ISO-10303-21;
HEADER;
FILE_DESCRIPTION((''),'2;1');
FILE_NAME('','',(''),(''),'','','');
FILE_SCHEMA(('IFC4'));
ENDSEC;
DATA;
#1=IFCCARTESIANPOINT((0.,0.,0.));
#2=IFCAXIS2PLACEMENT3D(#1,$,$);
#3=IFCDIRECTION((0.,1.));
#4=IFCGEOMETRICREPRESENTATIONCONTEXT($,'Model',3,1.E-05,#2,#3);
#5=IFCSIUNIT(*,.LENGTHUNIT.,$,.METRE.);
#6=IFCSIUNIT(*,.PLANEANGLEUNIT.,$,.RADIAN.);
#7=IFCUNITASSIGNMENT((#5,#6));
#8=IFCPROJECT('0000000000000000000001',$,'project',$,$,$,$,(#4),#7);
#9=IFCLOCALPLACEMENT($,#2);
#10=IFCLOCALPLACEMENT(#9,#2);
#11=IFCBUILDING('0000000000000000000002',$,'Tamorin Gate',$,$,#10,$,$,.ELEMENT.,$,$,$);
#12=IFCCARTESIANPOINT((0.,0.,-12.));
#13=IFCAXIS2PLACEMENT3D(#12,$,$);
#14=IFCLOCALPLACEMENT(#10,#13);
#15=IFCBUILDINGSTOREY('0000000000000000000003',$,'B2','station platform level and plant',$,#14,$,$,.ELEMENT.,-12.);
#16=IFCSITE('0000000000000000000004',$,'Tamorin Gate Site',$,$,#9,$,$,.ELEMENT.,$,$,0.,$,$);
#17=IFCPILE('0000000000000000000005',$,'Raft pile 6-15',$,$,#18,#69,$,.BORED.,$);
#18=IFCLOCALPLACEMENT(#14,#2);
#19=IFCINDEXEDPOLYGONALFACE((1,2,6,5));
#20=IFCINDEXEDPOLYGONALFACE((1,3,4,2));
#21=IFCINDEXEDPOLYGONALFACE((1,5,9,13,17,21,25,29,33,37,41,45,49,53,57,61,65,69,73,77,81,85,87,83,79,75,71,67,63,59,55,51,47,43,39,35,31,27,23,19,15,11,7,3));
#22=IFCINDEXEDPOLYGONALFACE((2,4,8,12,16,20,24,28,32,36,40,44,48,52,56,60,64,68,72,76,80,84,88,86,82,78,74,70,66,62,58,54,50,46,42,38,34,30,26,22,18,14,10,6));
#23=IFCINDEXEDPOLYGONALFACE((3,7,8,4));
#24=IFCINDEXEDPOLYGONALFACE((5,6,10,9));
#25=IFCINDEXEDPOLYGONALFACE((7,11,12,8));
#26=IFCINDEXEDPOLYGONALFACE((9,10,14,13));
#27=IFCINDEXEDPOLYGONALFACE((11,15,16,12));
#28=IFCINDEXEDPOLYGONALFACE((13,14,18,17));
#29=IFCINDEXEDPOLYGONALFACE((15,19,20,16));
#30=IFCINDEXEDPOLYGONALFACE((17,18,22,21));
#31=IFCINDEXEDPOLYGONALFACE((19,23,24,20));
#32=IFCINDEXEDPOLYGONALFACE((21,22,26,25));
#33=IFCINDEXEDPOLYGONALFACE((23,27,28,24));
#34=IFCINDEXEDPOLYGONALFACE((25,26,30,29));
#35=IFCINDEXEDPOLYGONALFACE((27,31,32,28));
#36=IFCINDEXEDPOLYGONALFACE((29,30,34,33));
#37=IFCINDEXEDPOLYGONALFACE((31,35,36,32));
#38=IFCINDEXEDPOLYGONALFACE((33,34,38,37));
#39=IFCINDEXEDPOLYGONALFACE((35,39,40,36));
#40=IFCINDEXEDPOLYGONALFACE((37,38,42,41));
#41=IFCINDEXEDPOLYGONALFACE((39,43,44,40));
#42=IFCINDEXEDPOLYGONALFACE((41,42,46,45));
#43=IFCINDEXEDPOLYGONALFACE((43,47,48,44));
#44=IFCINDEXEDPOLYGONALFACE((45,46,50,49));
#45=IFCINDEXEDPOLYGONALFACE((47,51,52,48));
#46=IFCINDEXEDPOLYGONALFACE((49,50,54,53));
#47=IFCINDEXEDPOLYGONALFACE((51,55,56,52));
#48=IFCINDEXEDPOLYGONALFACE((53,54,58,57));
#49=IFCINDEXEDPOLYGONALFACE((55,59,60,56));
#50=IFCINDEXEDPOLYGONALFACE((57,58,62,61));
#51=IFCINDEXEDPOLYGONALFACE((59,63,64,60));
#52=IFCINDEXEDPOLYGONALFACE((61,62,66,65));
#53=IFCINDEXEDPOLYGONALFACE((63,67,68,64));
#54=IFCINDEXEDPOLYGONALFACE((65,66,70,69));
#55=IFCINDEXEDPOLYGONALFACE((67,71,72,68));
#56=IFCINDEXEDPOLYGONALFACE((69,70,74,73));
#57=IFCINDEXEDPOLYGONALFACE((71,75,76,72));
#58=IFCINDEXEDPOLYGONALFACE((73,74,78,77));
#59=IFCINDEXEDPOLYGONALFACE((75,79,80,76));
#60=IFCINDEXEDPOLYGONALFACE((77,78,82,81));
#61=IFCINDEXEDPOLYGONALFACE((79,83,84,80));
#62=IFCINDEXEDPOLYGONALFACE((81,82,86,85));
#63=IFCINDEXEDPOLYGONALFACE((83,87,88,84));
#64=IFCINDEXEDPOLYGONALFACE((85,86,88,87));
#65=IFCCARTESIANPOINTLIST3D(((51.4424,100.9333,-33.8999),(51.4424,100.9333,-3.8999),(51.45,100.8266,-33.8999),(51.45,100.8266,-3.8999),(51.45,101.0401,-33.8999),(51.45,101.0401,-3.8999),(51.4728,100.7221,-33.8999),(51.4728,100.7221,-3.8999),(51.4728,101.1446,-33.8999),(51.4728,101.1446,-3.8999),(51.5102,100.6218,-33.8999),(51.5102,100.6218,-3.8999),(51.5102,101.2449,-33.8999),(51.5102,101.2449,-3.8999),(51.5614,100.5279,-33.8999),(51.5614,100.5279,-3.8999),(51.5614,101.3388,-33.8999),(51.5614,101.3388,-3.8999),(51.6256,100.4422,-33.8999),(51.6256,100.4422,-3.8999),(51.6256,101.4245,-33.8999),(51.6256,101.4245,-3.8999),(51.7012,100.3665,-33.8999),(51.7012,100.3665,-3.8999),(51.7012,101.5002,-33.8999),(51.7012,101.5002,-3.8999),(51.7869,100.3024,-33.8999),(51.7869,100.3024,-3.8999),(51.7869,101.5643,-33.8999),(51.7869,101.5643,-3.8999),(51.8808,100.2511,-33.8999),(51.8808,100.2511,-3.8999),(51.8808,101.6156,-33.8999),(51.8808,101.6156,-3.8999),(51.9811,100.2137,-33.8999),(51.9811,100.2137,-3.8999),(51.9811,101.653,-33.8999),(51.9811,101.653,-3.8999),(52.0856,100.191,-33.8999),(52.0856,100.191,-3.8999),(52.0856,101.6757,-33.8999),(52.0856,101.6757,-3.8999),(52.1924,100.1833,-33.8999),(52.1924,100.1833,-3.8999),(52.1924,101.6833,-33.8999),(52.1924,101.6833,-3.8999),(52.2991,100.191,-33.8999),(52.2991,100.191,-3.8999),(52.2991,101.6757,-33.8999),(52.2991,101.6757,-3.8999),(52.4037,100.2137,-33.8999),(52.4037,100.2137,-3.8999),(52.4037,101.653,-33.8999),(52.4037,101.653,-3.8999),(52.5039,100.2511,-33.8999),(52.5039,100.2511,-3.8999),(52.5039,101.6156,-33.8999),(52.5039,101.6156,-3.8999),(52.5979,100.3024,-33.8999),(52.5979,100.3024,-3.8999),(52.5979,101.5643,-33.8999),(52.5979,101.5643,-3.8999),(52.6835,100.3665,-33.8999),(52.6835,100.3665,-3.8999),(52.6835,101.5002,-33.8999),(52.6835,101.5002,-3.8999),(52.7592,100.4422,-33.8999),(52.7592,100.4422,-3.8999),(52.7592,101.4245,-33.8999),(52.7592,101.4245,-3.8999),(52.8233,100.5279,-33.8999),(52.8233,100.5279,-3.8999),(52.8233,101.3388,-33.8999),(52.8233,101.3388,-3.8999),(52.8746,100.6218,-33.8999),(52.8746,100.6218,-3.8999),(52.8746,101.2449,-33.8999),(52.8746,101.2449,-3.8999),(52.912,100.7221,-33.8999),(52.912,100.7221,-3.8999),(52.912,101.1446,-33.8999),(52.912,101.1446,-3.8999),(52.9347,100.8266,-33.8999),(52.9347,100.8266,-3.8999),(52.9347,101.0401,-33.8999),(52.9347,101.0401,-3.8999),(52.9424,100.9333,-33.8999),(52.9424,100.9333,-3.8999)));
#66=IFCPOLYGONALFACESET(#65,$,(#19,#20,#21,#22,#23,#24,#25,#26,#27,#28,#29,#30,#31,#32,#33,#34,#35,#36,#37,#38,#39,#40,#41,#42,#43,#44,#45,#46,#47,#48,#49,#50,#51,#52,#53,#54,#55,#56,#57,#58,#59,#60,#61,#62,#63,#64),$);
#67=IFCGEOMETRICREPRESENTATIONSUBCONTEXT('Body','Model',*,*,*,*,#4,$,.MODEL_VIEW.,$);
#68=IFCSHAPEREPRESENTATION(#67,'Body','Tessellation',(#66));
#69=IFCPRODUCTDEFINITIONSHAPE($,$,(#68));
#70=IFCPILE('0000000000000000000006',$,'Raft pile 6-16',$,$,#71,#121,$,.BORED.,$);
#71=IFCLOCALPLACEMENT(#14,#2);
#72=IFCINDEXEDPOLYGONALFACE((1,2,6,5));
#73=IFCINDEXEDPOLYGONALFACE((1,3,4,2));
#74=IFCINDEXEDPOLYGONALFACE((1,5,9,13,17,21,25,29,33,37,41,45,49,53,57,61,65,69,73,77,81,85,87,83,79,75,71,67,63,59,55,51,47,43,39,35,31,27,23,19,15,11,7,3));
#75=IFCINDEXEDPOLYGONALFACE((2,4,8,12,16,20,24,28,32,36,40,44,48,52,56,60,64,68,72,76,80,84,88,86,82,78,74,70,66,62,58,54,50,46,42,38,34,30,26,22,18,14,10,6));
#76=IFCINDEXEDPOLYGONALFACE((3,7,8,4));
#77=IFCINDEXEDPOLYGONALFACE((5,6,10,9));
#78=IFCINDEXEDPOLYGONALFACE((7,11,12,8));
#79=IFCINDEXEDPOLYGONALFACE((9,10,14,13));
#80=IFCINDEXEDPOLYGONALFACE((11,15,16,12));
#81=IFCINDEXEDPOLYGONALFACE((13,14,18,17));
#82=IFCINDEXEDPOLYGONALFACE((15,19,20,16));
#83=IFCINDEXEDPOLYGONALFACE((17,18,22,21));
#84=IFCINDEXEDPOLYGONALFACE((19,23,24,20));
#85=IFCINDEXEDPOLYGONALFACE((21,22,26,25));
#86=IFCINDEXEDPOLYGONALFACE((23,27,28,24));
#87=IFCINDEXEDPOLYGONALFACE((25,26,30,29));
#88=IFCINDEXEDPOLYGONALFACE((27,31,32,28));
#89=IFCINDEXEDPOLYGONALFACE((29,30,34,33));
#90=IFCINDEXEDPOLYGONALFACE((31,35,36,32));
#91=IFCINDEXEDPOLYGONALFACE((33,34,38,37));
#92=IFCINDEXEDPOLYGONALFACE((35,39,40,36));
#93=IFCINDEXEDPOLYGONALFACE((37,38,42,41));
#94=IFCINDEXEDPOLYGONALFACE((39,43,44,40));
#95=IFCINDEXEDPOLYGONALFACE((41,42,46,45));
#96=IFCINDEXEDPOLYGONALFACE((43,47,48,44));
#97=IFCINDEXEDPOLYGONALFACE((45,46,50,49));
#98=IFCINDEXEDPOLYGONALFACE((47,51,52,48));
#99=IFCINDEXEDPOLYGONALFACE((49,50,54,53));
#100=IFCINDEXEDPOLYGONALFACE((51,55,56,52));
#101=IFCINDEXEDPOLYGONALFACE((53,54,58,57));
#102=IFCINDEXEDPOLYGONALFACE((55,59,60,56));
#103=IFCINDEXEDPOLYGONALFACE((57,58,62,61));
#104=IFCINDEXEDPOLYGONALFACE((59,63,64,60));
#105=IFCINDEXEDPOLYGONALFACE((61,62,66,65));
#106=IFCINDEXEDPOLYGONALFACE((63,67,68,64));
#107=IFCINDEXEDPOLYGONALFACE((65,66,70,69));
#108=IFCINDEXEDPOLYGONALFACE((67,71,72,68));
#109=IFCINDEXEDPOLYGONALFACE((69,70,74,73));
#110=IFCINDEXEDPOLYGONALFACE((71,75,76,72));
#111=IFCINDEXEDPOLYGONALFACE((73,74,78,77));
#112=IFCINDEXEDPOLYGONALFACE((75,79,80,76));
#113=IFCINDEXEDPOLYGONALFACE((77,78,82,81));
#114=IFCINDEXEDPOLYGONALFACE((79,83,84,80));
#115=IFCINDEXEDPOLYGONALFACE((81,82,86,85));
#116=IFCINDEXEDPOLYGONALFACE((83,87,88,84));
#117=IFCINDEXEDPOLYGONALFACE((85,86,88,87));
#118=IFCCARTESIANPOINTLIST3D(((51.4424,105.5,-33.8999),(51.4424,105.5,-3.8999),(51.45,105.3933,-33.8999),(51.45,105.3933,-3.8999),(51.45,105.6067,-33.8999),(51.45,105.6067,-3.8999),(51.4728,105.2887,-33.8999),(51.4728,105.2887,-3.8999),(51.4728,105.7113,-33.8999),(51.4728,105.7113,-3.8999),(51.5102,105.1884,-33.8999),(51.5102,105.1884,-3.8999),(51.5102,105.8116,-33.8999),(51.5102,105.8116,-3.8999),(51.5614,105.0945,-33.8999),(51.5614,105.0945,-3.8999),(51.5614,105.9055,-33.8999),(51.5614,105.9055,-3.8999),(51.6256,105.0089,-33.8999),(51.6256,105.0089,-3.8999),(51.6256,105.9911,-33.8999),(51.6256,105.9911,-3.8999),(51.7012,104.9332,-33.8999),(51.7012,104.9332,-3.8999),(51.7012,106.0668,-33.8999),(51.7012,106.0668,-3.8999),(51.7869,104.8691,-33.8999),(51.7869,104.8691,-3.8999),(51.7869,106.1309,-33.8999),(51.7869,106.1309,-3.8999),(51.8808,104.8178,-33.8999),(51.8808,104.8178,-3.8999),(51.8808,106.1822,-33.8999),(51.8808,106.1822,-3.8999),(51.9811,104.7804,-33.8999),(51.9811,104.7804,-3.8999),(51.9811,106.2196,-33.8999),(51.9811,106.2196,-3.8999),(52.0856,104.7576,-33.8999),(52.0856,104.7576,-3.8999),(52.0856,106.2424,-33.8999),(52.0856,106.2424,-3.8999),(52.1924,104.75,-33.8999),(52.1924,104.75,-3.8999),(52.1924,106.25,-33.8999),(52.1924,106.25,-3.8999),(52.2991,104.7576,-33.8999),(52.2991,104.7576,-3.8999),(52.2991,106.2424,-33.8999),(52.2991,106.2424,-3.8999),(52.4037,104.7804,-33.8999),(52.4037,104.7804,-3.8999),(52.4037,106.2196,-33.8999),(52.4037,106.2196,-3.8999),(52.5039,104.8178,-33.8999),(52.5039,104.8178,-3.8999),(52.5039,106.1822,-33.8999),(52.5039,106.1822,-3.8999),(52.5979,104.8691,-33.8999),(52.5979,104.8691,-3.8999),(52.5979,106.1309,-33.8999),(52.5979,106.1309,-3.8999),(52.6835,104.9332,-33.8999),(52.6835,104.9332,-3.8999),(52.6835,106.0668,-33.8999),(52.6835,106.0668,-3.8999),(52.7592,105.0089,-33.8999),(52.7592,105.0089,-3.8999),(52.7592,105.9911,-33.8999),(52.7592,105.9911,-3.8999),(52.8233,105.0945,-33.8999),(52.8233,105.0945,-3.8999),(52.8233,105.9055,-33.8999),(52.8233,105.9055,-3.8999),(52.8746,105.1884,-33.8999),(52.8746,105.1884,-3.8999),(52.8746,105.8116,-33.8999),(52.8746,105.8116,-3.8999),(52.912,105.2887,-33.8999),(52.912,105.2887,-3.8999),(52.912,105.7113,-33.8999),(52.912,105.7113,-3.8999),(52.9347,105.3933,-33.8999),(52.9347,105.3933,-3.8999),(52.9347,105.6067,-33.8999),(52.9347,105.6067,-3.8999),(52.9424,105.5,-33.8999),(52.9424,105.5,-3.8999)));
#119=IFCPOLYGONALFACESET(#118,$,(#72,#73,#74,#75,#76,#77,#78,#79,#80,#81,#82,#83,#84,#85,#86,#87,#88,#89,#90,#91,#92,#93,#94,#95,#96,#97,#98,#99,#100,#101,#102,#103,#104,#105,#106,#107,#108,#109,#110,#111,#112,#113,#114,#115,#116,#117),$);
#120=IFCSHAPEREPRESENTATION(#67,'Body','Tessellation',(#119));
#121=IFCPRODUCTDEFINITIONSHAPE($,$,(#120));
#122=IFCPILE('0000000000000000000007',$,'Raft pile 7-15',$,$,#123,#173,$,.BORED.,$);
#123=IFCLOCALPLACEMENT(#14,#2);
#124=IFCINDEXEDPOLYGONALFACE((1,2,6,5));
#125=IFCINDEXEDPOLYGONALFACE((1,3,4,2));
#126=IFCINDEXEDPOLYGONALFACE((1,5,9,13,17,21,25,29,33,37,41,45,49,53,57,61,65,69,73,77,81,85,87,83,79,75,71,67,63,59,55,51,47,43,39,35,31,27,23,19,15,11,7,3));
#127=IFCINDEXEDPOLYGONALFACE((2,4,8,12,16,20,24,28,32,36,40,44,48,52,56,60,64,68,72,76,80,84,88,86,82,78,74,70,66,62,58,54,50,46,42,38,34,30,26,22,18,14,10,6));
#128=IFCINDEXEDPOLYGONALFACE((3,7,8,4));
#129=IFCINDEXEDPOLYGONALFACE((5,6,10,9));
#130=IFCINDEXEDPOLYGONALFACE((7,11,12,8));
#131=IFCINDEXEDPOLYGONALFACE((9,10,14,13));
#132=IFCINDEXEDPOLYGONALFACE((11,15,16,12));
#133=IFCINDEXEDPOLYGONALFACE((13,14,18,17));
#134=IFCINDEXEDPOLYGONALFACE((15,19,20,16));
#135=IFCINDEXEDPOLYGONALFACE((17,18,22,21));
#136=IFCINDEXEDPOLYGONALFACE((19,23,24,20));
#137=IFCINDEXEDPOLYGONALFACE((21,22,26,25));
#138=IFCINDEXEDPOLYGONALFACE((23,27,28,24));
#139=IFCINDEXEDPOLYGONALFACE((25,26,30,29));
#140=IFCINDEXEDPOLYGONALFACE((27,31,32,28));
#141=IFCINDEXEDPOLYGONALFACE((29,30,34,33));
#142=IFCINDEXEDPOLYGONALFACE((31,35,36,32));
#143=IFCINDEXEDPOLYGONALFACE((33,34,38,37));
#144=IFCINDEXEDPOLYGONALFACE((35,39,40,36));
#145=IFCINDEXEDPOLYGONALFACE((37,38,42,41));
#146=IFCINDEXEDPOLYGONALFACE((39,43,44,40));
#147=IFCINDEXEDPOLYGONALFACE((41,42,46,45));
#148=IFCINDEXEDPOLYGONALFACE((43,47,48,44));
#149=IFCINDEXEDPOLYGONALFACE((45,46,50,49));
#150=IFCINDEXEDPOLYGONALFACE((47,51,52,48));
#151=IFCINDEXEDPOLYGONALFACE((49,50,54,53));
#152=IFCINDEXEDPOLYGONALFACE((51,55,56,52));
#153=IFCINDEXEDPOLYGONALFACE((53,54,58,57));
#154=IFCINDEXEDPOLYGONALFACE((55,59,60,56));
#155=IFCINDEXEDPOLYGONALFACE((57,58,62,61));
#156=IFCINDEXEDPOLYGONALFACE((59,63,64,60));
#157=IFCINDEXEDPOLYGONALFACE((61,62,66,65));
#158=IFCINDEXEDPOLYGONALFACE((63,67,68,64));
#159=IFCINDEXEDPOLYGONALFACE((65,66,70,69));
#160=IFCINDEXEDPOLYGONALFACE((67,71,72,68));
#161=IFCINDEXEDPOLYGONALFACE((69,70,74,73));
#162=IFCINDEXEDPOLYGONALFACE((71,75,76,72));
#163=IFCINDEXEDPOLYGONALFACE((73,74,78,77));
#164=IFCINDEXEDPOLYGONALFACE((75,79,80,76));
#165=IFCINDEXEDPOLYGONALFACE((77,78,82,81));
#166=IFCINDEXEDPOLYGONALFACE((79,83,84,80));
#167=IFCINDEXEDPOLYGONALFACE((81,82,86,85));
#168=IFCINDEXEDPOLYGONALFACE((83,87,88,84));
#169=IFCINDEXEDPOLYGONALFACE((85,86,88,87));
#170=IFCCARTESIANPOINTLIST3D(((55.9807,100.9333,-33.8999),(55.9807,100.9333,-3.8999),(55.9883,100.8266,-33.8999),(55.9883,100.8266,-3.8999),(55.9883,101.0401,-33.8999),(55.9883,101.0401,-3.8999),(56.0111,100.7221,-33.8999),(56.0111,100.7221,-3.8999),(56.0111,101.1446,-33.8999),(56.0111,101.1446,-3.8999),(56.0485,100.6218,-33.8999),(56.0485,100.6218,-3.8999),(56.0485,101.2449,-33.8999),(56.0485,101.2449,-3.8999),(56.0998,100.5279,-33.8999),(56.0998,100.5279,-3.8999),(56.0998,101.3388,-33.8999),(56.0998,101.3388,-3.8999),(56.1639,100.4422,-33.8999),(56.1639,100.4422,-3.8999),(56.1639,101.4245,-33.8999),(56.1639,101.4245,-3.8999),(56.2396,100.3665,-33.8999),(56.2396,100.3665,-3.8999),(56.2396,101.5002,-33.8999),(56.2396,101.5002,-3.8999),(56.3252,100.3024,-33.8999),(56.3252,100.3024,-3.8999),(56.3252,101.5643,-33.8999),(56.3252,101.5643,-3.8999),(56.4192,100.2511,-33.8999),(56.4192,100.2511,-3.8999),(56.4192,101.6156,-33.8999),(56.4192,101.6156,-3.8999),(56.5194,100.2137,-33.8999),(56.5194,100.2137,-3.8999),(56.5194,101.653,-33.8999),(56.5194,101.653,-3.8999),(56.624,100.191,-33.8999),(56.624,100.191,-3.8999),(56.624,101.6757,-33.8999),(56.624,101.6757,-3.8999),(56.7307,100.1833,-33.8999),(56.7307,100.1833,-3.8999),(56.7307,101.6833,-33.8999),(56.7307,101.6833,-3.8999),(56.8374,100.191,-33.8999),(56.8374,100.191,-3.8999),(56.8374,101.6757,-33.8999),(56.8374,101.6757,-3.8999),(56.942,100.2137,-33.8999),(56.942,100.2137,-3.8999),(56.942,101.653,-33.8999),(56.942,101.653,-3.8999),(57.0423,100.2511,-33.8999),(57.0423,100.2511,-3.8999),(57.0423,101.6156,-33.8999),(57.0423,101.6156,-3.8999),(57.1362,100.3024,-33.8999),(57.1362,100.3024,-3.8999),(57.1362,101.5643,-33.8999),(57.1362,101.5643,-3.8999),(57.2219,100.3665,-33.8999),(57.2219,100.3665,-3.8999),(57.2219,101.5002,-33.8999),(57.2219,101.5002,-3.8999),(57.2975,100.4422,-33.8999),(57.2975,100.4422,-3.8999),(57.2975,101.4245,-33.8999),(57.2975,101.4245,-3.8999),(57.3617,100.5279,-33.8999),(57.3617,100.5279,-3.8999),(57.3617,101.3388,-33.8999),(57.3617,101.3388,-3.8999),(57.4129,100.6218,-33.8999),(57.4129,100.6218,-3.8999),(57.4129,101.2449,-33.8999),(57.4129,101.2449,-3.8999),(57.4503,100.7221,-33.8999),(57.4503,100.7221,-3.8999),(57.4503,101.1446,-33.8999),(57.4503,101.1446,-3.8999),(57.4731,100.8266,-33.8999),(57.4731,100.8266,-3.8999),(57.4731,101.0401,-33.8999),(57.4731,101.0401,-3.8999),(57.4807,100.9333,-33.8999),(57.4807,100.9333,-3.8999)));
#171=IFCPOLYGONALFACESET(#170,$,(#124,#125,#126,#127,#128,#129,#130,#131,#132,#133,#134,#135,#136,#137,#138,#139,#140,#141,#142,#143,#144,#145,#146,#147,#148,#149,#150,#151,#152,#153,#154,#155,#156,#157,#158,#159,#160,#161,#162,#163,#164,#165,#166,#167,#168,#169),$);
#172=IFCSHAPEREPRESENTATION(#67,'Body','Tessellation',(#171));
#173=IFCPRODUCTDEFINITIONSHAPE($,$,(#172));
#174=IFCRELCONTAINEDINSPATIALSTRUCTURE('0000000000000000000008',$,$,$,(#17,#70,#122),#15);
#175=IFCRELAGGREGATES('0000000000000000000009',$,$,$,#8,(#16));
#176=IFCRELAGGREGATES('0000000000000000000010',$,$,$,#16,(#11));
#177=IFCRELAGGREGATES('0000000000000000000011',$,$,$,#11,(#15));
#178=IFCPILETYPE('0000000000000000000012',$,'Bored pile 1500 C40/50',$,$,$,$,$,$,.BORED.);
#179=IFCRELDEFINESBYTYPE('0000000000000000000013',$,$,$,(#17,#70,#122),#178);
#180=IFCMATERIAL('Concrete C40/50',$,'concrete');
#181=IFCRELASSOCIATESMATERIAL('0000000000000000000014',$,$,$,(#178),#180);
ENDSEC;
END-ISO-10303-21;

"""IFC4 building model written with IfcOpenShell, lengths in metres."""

from ifc_helpers import new_model, si_unit, direction, frame, origin, origin_2d, place, context, subcontext, project, spatial, circle, extrude, material, material_profile, profile_set, type_object, element, save


model = new_model("IFC4")

# Units and contexts
model_context = context("Model", 3, precision=1e-05, world=origin(), true_north=direction((0.0, 1.0)))
body_context = subcontext(model_context, "Body", "Model", "MODEL_VIEW")
ifc_project = project(units=[si_unit("LENGTHUNIT", "METRE"), si_unit("PLANEANGLEUNIT", "RADIAN")], contexts=[model_context])

# Site, building, storey
site_placement = place(None, origin())
site = spatial("IfcSite", under=ifc_project, at=site_placement, Name="Tamorin Gate Site", CompositionType="ELEMENT", RefElevation=0.0)
building_placement = place(site_placement, origin())
building = spatial("IfcBuilding", under=site, at=building_placement, Name="Tamorin Gate", CompositionType="ELEMENT")
storey_placement = place(building_placement, frame((0.0, 0.0, -12.0)))
storey = spatial("IfcBuildingStorey", under=building, at=storey_placement, Name="B2", Description="station platform level and plant", CompositionType="ELEMENT", Elevation=-12.0)

# Piles
ifc_material_1 = material(Name="Concrete C40/50", Category="concrete")
ifc_material_profile_1 = material_profile(ifc_material_1, circle(Radius=0.75, at=origin_2d()))
ifc_profile_set_1 = profile_set([ifc_material_profile_1], Name="Concrete C40/50")
pile_type = type_object("IfcPileType", Name="Bored pile 1500 C40/50", PredefinedType="BORED", material=ifc_profile_set_1)
for number, where, z_axis, x_axis, name in (
    (1, (52.1924, 100.9333, -3.8999), (0.0, 0.0, -1.0), (1.0, 0.0, 0.0), "Raft pile 6-15"),
    (2, (52.1924, 105.5, -3.8999), (0.0, 0.0, -1.0), (1.0, 0.0, 0.0), "Raft pile 6-16"),
    (3, (56.7307, 100.9333, -3.8999), (0.0, 0.0, -1.0), (1.0, 0.0, 0.0), "Raft pile 7-15"),
):
    element("IfcPile", number, at=place(storey_placement, frame(where, z_axis=z_axis, x_axis=x_axis)), inside=storey, type_object=pile_type, Name=name, PredefinedType="BORED", context=body_context, shape_type="SweptSolid", body=[
        extrude(circle(Radius=0.75, at=origin_2d()), origin(), (0.0, 0.0, 1.0), 30.0),
    ])

save(model, "model.ifc")
